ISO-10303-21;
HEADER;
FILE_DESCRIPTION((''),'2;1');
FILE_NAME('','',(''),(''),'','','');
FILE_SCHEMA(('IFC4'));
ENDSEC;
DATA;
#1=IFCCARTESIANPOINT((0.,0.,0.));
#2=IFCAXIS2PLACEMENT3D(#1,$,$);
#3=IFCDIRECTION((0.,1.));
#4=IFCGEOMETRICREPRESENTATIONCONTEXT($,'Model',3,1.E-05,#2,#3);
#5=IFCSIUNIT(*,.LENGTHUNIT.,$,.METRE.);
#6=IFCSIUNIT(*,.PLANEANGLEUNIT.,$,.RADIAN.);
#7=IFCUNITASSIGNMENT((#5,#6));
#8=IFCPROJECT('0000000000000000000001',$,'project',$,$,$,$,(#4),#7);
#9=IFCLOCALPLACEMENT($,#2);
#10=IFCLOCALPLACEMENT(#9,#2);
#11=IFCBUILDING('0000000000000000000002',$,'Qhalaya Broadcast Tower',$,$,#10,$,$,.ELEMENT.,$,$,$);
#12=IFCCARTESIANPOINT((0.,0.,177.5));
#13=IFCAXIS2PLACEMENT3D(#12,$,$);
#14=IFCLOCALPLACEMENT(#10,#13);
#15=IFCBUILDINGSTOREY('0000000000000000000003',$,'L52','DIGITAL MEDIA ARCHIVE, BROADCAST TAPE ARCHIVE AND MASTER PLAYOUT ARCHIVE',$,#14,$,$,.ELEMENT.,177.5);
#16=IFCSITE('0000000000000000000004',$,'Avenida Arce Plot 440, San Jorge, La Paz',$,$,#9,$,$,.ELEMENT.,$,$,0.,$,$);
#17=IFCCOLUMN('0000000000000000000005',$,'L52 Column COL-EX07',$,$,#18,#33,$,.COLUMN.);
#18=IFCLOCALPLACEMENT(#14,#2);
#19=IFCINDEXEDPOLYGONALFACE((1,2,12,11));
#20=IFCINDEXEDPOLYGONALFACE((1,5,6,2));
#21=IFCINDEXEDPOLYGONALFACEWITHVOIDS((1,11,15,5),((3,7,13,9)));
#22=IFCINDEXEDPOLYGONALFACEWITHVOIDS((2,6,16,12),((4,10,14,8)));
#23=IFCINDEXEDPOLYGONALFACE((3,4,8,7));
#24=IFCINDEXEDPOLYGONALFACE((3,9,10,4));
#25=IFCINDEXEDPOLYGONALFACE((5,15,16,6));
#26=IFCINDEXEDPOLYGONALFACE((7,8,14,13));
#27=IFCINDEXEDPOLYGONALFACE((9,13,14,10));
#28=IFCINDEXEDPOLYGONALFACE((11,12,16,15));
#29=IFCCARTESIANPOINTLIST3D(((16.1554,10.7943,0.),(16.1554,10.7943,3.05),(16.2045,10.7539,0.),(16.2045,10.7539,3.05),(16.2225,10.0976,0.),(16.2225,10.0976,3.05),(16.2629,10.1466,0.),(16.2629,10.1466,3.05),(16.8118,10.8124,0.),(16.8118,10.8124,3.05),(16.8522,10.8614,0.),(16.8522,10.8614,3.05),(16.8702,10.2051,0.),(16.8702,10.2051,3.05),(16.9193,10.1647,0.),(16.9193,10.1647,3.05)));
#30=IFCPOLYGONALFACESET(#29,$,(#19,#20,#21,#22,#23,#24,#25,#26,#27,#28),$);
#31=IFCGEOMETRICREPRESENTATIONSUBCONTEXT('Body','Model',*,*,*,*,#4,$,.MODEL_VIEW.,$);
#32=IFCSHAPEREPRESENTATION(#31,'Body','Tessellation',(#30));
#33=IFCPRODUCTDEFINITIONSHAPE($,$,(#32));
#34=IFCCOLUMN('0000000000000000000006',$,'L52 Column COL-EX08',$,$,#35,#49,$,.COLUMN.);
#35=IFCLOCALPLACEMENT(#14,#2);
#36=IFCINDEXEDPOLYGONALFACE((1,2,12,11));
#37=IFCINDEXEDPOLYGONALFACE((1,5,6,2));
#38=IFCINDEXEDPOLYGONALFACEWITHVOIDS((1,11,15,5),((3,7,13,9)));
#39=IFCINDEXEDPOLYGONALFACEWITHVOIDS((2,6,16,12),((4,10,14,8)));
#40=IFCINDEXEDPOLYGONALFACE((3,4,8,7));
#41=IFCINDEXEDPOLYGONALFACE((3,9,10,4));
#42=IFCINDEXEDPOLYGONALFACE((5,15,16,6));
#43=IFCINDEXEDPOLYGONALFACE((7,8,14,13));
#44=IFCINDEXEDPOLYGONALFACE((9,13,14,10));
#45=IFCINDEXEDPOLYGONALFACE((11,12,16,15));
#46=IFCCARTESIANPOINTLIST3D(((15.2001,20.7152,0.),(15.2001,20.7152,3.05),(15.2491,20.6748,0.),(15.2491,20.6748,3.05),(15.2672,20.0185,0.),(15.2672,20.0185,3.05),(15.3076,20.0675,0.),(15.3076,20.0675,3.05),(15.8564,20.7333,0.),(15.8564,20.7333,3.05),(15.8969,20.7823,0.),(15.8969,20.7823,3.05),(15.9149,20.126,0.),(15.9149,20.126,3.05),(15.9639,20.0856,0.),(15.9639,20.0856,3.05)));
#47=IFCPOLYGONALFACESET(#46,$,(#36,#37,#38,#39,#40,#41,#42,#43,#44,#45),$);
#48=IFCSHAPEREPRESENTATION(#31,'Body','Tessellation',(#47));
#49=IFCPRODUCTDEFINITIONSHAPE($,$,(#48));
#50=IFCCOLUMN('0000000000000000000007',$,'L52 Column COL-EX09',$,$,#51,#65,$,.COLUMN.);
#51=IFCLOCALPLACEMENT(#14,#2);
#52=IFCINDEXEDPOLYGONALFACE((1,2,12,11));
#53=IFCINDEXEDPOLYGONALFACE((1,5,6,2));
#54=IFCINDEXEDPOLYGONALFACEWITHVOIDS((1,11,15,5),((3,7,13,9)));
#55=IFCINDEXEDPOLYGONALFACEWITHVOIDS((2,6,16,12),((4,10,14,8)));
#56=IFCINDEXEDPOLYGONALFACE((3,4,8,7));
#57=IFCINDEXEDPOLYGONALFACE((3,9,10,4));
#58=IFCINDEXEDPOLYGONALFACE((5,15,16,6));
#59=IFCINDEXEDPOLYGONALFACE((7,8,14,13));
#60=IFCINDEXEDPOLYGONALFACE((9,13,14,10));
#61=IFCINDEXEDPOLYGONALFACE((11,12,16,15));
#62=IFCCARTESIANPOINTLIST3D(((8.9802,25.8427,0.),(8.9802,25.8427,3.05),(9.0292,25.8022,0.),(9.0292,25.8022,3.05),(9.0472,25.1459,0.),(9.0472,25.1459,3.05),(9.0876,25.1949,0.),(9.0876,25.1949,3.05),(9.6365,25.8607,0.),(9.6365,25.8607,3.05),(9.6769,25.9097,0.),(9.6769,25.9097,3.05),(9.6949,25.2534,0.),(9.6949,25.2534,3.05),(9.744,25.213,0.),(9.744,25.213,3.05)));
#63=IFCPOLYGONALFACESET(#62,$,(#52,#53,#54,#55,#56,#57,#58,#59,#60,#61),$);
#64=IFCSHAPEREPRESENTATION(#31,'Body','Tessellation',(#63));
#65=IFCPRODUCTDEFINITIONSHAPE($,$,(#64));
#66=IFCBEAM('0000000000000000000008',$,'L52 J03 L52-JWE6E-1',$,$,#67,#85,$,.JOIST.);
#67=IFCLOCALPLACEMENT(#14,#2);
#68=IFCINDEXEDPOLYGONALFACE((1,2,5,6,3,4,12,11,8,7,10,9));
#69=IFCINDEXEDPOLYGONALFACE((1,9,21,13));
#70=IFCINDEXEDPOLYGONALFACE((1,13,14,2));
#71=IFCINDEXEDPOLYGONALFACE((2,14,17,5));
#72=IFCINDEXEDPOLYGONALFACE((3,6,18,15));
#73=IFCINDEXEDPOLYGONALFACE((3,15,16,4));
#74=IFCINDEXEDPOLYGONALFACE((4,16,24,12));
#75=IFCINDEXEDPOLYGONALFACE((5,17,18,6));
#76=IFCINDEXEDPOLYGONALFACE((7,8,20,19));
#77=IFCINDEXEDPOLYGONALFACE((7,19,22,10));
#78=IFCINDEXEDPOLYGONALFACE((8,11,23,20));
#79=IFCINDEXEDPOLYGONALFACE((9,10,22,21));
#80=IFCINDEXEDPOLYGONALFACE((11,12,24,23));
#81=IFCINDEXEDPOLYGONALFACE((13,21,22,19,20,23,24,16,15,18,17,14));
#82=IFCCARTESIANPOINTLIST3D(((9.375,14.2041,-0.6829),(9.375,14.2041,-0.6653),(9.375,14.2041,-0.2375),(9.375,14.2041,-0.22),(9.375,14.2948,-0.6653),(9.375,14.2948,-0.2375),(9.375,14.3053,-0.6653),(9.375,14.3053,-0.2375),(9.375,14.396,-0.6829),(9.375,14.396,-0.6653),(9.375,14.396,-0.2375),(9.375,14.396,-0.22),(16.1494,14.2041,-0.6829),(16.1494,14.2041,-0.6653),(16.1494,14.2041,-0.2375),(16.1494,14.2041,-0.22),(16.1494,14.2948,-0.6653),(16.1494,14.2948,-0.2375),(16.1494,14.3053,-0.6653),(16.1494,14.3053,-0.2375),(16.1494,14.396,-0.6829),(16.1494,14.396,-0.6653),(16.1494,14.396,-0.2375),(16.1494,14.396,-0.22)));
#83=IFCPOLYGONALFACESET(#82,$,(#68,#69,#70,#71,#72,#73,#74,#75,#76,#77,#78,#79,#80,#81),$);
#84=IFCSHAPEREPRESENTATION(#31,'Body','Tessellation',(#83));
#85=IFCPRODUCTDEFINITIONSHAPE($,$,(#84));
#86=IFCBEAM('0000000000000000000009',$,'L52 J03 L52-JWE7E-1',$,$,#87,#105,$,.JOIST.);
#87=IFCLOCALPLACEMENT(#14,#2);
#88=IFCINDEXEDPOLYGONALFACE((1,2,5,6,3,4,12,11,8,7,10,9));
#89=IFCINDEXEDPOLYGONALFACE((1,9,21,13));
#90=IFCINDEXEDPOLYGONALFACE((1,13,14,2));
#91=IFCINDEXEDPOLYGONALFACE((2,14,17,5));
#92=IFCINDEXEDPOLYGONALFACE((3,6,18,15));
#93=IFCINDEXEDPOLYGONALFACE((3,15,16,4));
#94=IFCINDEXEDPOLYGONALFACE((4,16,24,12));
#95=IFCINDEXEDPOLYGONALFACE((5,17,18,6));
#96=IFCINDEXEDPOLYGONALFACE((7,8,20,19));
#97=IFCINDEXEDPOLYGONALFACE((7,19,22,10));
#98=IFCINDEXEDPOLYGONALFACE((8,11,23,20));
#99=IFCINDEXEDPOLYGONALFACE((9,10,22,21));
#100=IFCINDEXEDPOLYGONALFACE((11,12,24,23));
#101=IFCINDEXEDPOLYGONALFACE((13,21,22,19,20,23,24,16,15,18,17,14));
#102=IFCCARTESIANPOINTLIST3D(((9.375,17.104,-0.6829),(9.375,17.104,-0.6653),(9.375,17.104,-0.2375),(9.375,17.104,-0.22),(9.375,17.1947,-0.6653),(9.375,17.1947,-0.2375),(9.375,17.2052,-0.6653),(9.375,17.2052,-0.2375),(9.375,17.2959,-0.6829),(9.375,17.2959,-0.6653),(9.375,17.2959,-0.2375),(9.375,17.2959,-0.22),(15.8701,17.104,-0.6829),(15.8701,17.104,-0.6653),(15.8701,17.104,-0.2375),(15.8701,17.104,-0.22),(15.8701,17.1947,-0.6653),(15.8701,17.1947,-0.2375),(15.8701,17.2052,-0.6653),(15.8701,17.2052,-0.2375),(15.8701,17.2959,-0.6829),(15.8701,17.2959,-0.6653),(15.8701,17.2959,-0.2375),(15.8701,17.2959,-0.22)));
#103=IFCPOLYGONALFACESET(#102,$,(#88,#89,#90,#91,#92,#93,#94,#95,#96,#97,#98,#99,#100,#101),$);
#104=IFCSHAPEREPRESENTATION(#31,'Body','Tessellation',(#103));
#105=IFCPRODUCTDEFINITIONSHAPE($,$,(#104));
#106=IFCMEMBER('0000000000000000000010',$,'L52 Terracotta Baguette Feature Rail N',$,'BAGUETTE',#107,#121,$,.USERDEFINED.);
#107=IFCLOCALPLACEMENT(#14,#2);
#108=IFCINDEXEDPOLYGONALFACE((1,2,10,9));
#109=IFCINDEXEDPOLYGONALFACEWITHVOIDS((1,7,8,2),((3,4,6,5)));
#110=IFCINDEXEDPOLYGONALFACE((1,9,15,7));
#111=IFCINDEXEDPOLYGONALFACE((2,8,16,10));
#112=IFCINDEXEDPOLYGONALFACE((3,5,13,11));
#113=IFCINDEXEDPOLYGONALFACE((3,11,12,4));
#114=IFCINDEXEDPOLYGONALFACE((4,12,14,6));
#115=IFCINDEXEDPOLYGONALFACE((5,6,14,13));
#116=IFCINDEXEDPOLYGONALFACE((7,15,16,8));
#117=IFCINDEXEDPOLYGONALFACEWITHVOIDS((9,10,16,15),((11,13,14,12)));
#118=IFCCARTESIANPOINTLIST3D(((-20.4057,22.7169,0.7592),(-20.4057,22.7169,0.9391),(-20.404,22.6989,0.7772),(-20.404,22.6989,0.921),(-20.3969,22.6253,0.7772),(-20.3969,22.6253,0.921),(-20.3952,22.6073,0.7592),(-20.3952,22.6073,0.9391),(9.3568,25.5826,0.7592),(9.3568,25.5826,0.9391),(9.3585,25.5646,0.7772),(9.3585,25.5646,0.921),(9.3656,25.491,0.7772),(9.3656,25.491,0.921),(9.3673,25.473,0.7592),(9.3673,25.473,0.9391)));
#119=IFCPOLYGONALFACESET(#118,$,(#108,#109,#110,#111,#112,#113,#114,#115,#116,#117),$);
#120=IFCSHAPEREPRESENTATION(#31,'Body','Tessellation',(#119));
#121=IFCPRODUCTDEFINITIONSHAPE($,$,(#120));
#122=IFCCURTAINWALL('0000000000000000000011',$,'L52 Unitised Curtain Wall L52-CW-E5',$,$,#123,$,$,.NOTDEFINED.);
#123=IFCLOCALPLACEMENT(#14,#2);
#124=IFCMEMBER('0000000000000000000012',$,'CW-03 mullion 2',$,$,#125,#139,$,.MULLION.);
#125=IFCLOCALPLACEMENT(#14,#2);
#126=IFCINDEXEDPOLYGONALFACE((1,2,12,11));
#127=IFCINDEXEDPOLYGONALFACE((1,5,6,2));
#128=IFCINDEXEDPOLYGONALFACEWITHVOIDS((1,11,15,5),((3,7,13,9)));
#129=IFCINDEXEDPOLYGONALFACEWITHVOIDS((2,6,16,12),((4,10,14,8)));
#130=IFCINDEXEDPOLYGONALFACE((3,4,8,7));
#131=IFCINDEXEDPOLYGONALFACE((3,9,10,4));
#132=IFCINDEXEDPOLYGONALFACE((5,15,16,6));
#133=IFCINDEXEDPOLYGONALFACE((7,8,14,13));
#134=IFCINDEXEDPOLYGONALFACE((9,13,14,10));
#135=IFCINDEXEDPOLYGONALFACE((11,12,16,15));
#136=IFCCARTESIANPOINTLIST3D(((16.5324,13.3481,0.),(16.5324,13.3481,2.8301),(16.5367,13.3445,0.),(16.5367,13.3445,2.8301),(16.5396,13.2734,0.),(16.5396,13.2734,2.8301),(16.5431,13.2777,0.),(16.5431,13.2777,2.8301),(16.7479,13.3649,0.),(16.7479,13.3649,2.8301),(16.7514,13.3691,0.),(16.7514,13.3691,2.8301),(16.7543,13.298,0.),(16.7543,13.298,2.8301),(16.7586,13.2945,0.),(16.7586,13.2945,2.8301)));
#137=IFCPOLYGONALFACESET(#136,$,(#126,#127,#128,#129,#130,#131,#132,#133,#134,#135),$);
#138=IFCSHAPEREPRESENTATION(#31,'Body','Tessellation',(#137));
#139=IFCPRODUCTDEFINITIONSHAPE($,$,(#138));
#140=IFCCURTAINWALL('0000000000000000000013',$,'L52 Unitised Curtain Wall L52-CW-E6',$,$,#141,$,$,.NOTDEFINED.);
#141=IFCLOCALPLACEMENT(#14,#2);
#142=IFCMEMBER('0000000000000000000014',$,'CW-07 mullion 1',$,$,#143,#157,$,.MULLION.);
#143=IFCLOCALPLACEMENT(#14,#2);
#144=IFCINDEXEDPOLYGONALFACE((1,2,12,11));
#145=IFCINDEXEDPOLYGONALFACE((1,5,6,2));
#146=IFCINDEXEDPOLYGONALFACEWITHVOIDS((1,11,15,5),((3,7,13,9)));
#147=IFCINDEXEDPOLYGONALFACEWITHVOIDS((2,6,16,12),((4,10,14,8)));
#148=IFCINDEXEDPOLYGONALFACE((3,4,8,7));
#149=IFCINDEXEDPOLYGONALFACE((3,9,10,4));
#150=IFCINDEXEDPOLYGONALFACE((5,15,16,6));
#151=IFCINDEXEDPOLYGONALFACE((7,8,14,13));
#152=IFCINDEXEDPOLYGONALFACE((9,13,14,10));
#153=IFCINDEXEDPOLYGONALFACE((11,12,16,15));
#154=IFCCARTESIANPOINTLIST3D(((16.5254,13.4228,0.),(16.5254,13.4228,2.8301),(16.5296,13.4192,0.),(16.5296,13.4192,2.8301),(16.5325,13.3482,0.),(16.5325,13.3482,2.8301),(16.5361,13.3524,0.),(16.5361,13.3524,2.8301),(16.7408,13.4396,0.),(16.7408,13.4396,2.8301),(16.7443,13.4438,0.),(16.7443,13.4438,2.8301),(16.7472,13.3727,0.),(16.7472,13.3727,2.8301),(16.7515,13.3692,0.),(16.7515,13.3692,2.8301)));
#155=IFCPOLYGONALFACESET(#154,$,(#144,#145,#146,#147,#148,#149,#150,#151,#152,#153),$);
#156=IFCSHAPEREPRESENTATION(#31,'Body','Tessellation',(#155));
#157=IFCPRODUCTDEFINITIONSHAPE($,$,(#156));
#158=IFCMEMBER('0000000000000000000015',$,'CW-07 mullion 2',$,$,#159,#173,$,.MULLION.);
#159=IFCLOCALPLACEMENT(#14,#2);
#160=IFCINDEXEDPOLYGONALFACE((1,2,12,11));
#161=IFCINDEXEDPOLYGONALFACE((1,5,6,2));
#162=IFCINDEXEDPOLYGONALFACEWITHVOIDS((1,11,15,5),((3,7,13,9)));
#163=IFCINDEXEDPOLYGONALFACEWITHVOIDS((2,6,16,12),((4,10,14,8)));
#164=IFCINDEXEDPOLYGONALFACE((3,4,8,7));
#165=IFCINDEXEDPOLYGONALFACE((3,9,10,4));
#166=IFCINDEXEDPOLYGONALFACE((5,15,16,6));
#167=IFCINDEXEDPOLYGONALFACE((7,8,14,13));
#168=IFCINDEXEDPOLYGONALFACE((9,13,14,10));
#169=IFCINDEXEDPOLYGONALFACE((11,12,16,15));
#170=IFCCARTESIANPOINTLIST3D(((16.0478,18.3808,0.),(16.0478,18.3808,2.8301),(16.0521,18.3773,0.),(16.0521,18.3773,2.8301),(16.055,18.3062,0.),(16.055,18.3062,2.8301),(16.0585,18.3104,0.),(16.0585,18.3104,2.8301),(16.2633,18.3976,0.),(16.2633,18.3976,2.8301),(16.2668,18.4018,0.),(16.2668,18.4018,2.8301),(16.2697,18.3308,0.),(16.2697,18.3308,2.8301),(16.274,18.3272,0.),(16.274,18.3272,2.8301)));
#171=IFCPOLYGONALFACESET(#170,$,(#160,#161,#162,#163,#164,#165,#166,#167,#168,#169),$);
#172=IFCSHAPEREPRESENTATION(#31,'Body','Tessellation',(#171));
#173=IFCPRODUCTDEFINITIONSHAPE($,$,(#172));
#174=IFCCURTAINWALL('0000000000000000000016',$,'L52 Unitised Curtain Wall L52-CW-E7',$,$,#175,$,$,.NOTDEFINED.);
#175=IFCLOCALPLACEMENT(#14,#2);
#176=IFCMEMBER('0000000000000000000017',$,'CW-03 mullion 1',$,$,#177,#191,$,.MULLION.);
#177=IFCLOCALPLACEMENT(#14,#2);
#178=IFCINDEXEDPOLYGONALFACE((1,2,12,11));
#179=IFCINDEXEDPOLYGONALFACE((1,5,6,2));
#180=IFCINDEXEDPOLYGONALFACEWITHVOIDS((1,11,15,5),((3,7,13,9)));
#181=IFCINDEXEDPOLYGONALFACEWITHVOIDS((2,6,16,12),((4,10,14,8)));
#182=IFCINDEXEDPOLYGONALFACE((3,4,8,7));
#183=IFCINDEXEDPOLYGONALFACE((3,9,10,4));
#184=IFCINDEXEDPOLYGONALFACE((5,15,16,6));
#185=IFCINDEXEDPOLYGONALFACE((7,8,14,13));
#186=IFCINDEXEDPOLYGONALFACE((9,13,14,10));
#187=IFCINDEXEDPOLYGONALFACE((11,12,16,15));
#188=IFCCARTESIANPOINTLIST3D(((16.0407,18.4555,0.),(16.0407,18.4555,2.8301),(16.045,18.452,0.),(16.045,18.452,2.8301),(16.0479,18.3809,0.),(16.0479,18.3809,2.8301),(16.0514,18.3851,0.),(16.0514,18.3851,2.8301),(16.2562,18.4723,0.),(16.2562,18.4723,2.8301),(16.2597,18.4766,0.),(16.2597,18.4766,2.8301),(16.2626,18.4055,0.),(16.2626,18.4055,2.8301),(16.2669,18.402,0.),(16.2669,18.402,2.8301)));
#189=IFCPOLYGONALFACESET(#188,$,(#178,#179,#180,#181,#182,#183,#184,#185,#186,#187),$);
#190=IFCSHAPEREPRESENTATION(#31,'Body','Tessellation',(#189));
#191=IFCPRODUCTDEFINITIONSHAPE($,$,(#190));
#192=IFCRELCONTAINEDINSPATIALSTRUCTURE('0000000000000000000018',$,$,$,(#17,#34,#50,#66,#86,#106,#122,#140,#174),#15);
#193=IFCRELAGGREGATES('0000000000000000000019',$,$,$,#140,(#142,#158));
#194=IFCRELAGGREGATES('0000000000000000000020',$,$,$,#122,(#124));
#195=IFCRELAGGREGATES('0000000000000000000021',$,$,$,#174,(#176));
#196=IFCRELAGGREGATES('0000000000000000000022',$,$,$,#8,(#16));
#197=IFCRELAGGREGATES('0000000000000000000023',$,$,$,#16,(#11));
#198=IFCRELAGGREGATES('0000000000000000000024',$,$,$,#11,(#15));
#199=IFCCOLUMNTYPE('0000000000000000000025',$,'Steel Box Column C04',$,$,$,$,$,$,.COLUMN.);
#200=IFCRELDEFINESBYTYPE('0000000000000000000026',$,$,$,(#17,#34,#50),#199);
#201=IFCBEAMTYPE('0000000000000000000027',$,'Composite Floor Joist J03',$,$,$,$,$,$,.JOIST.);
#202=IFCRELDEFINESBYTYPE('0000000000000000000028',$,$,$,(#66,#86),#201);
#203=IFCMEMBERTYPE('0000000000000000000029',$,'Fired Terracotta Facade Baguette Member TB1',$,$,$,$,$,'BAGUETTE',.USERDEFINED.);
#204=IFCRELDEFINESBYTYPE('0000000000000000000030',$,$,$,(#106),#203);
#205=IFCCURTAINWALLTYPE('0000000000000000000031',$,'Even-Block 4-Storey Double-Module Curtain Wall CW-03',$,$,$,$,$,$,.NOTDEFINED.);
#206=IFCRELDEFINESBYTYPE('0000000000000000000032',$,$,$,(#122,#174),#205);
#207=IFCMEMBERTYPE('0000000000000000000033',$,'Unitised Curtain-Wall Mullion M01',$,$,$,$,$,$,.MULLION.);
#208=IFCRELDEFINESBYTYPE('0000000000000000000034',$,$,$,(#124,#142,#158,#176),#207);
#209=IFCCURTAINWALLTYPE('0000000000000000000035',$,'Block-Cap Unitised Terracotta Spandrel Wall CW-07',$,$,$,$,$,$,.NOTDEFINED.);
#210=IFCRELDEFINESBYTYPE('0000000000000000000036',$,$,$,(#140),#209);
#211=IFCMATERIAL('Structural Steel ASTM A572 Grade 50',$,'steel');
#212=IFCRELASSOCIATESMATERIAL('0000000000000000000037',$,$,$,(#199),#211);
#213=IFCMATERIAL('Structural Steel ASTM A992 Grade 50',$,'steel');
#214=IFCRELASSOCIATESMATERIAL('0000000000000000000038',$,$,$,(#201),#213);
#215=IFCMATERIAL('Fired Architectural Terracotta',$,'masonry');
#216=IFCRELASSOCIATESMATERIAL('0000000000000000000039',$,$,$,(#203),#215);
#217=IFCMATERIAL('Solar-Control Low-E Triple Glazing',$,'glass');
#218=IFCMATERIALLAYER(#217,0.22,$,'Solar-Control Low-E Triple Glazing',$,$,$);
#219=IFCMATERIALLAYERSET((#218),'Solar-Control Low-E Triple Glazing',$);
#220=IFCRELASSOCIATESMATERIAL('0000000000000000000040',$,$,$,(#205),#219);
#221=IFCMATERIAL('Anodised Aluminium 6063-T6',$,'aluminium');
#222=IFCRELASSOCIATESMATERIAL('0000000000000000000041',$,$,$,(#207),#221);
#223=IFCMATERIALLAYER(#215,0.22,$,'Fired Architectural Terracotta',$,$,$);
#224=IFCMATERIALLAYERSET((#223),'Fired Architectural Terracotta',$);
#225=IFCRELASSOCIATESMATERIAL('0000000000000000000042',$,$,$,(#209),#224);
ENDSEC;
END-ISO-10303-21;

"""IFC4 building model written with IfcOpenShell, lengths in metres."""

from ifc_helpers import new_model, si_unit, direction, frame, origin, origin_2d, place, context, subcontext, project, spatial, hollow_rectangle, i_section, extrude, material, layer, layer_set, material_profile, profile_set, type_object, element, aggregate, save


model = new_model("IFC4")

# Units and contexts
model_context = context("Model", 3, precision=1e-05, world=origin(), true_north=direction((0.0, 1.0)))
body_context = subcontext(model_context, "Body", "Model", "MODEL_VIEW")
ifc_project = project(units=[si_unit("LENGTHUNIT", "METRE"), si_unit("PLANEANGLEUNIT", "RADIAN")], contexts=[model_context])

# Site, building, storey
site_placement = place(None, origin())
site = spatial("IfcSite", under=ifc_project, at=site_placement, Name="Avenida Arce Plot 440, San Jorge, La Paz", CompositionType="ELEMENT", RefElevation=0.0)
building_placement = place(site_placement, origin())
building = spatial("IfcBuilding", under=site, at=building_placement, Name="Qhalaya Broadcast Tower", CompositionType="ELEMENT")
storey_placement = place(building_placement, frame((0.0, 0.0, 177.5)))
storey = spatial("IfcBuildingStorey", under=building, at=storey_placement, Name="L52", Description="DIGITAL MEDIA ARCHIVE, BROADCAST TAPE ARCHIVE AND MASTER PLAYOUT ARCHIVE", CompositionType="ELEMENT", Elevation=177.5)

# Columns
ifc_material_1 = material(Name="Structural Steel ASTM A572 Grade 50", Category="steel")
ifc_material_profile_1 = material_profile(ifc_material_1, hollow_rectangle(XDim=0.7, YDim=0.7, WallThickness=0.0449, at=origin_2d()), Name="BOX 700x700x45")
ifc_profile_set_1 = profile_set([ifc_material_profile_1], Name="Structural Steel ASTM A572 Grade 50")
column_type = type_object("IfcColumnType", Name="Steel Box Column C04", PredefinedType="COLUMN", material=ifc_profile_set_1)
for number, where, z_axis, x_axis, name in (
    (1, (16.5374, 10.4795, 0.0), (0.0, 0.0, 1.0), (-0.095846, 0.995396, 0.0), "L52 Column COL-EX07"),
    (2, (15.582, 20.4004, 0.0), (0.0, 0.0, 1.0), (-0.095846, 0.995396, 0.0), "L52 Column COL-EX08"),
    (3, (9.3621, 25.5278, 0.0), (0.0, 0.0, 1.0), (0.995396, 0.095846, 0.0), "L52 Column COL-EX09"),
):
    element("IfcColumn", number, at=place(storey_placement, frame(where, z_axis=z_axis, x_axis=x_axis)), inside=storey, type_object=column_type, Name=name, PredefinedType="COLUMN", context=body_context, shape_type="SweptSolid", body=[
        extrude(hollow_rectangle(XDim=0.7, YDim=0.7, WallThickness=0.0449, at=origin_2d()), origin(), (0.0, 0.0, 1.0), 3.05),
    ])

# Beams
ifc_material_2 = material(Name="Structural Steel ASTM A992 Grade 50", Category="steel")
ifc_material_profile_2 = material_profile(ifc_material_2, i_section(OverallWidth=0.1919, OverallDepth=0.4629, WebThickness=0.0105, FlangeThickness=0.0176, at=origin_2d()), Name="W18X60")
ifc_profile_set_2 = profile_set([ifc_material_profile_2], Name="Structural Steel ASTM A992 Grade 50")
beam_type_1 = type_object("IfcBeamType", Name="Composite Floor Joist J03", PredefinedType="JOIST", material=ifc_profile_set_2)
beam_1_placement = place(storey_placement, frame((9.375, 14.3, -0.4514), z_axis=(1.0, 0.0, 0.0), x_axis=(0.0, 1.0, 0.0)))
element("IfcBeam", 4, at=beam_1_placement, inside=storey, type_object=beam_type_1, Name="L52 J03 L52-JWE6E-1", PredefinedType="JOIST", context=body_context, shape_type="SweptSolid", body=[
    extrude(i_section(OverallWidth=0.1919, OverallDepth=0.4629, WebThickness=0.0105, FlangeThickness=0.0176, at=origin_2d()), origin(), (0.0, 0.0, 1.0), 6.7744),
])
beam_2_placement = place(storey_placement, frame((9.375, 17.2, -0.4514), z_axis=(1.0, 0.0, 0.0), x_axis=(0.0, 1.0, 0.0)))
element("IfcBeam", 5, at=beam_2_placement, inside=storey, type_object=beam_type_1, Name="L52 J03 L52-JWE7E-1", PredefinedType="JOIST", context=body_context, shape_type="SweptSolid", body=[
    extrude(i_section(OverallWidth=0.1919, OverallDepth=0.4629, WebThickness=0.0105, FlangeThickness=0.0176, at=origin_2d()), origin(), (0.0, 0.0, 1.0), 6.4951),
])

# Member
ifc_material_3 = material(Name="Fired Architectural Terracotta", Category="masonry")
ifc_material_profile_3 = material_profile(ifc_material_3, hollow_rectangle(XDim=0.1101, YDim=0.1799, WallThickness=0.0181, at=origin_2d()), Name="TB-BAG 110x180x18")
ifc_profile_set_3 = profile_set([ifc_material_profile_3], Name="Fired Architectural Terracotta")
member_type_1 = type_object("IfcMemberType", Name="Fired Terracotta Facade Baguette Member TB1", ElementType="BAGUETTE", PredefinedType="USERDEFINED", material=ifc_profile_set_3)
member_1_placement = place(storey_placement, frame((9.3621, 25.5278, 0.8491), z_axis=(-0.995396, -0.095843, 0.0), x_axis=(0.095843, -0.995396, 0.0)))
element("IfcMember", 6, at=member_1_placement, inside=storey, type_object=member_type_1, Name="L52 Terracotta Baguette Feature Rail N", ObjectType="BAGUETTE", PredefinedType="USERDEFINED", context=body_context, shape_type="SweptSolid", body=[
    extrude(hollow_rectangle(XDim=0.1101, YDim=0.1799, WallThickness=0.0181, at=origin_2d()), origin(), (0.0, 0.0, 1.0), 29.9001),
])

# Curtain wall, member
ifc_material_4 = material(Name="Solar-Control Low-E Triple Glazing", Category="glass")
ifc_layer_1 = layer(ifc_material_4, 0.22, Name="Solar-Control Low-E Triple Glazing")
ifc_layer_set_1 = layer_set([ifc_layer_1], Name="Solar-Control Low-E Triple Glazing")
curtain_wall_type_1 = type_object("IfcCurtainWallType", Name="Even-Block 4-Storey Double-Module Curtain Wall CW-03", PredefinedType="NOTDEFINED", material=ifc_layer_set_1)
curtain_wall_1_placement = place(storey_placement, origin())
curtain_wall_1 = element("IfcCurtainWall", 7, at=curtain_wall_1_placement, inside=storey, type_object=curtain_wall_type_1, Name="L52 Unitised Curtain Wall L52-CW-E5", PredefinedType="NOTDEFINED")
ifc_material_5 = material(Name="Anodised Aluminium 6063-T6", Category="aluminium")
ifc_material_profile_4 = material_profile(ifc_material_5, hollow_rectangle(XDim=0.075, YDim=0.22, WallThickness=0.0039, at=origin_2d()), Name="ALU-MUL 75x220x4")
ifc_profile_set_4 = profile_set([ifc_material_profile_4], Name="Anodised Aluminium 6063-T6")
member_type_2 = type_object("IfcMemberType", Name="Unitised Curtain-Wall Mullion M01", PredefinedType="MULLION", material=ifc_profile_set_4)
member_2_placement = place(storey_placement, frame((16.6455, 13.3213, 0.0), z_axis=(0.0, 0.0, 1.0), x_axis=(-0.095838, 0.995397, 0.0)))
member_2 = element("IfcMember", 8, at=member_2_placement, type_object=member_type_2, Name="CW-03 mullion 2", PredefinedType="MULLION", context=body_context, shape_type="SweptSolid", body=[
    extrude(hollow_rectangle(XDim=0.075, YDim=0.22, WallThickness=0.0039, at=origin_2d()), origin(), (0.0, 0.0, 1.0), 2.8301),
])

# Curtain walls, members
ifc_layer_2 = layer(ifc_material_3, 0.22, Name="Fired Architectural Terracotta")
ifc_layer_set_2 = layer_set([ifc_layer_2], Name="Fired Architectural Terracotta")
curtain_wall_type_2 = type_object("IfcCurtainWallType", Name="Block-Cap Unitised Terracotta Spandrel Wall CW-07", PredefinedType="NOTDEFINED", material=ifc_layer_set_2)
curtain_wall_2_placement = place(storey_placement, origin())
curtain_wall_2 = element("IfcCurtainWall", 9, at=curtain_wall_2_placement, inside=storey, type_object=curtain_wall_type_2, Name="L52 Unitised Curtain Wall L52-CW-E6", PredefinedType="NOTDEFINED")
member_3_placement = place(storey_placement, frame((16.6384, 13.396, 0.0), z_axis=(0.0, 0.0, 1.0), x_axis=(-0.095847, 0.995396, 0.0)))
member_3 = element("IfcMember", 10, at=member_3_placement, type_object=member_type_2, Name="CW-07 mullion 1", PredefinedType="MULLION", context=body_context, shape_type="SweptSolid", body=[
    extrude(hollow_rectangle(XDim=0.075, YDim=0.22, WallThickness=0.0039, at=origin_2d()), origin(), (0.0, 0.0, 1.0), 2.8301),
])
member_4_placement = place(storey_placement, frame((16.1609, 18.354, 0.0), z_axis=(0.0, 0.0, 1.0), x_axis=(-0.095847, 0.995396, 0.0)))
member_4 = element("IfcMember", 11, at=member_4_placement, type_object=member_type_2, Name="CW-07 mullion 2", PredefinedType="MULLION", context=body_context, shape_type="SweptSolid", body=[
    extrude(hollow_rectangle(XDim=0.075, YDim=0.22, WallThickness=0.0039, at=origin_2d()), origin(), (0.0, 0.0, 1.0), 2.8301),
])
curtain_wall_3_placement = place(storey_placement, origin())
curtain_wall_3 = element("IfcCurtainWall", 12, at=curtain_wall_3_placement, inside=storey, type_object=curtain_wall_type_1, Name="L52 Unitised Curtain Wall L52-CW-E7", PredefinedType="NOTDEFINED")
member_5_placement = place(storey_placement, frame((16.1538, 18.4287, 0.0), z_axis=(0.0, 0.0, 1.0), x_axis=(-0.095874, 0.995393, 0.0)))
member_5 = element("IfcMember", 13, at=member_5_placement, type_object=member_type_2, Name="CW-03 mullion 1", PredefinedType="MULLION", context=body_context, shape_type="SweptSolid", body=[
    extrude(hollow_rectangle(XDim=0.075, YDim=0.22, WallThickness=0.0039, at=origin_2d()), origin(), (0.0, 0.0, 1.0), 2.8301),
])

aggregate(curtain_wall_2, [member_3, member_4])
aggregate(curtain_wall_1, [member_2])
aggregate(curtain_wall_3, [member_5])

save(model, "model.ifc")
